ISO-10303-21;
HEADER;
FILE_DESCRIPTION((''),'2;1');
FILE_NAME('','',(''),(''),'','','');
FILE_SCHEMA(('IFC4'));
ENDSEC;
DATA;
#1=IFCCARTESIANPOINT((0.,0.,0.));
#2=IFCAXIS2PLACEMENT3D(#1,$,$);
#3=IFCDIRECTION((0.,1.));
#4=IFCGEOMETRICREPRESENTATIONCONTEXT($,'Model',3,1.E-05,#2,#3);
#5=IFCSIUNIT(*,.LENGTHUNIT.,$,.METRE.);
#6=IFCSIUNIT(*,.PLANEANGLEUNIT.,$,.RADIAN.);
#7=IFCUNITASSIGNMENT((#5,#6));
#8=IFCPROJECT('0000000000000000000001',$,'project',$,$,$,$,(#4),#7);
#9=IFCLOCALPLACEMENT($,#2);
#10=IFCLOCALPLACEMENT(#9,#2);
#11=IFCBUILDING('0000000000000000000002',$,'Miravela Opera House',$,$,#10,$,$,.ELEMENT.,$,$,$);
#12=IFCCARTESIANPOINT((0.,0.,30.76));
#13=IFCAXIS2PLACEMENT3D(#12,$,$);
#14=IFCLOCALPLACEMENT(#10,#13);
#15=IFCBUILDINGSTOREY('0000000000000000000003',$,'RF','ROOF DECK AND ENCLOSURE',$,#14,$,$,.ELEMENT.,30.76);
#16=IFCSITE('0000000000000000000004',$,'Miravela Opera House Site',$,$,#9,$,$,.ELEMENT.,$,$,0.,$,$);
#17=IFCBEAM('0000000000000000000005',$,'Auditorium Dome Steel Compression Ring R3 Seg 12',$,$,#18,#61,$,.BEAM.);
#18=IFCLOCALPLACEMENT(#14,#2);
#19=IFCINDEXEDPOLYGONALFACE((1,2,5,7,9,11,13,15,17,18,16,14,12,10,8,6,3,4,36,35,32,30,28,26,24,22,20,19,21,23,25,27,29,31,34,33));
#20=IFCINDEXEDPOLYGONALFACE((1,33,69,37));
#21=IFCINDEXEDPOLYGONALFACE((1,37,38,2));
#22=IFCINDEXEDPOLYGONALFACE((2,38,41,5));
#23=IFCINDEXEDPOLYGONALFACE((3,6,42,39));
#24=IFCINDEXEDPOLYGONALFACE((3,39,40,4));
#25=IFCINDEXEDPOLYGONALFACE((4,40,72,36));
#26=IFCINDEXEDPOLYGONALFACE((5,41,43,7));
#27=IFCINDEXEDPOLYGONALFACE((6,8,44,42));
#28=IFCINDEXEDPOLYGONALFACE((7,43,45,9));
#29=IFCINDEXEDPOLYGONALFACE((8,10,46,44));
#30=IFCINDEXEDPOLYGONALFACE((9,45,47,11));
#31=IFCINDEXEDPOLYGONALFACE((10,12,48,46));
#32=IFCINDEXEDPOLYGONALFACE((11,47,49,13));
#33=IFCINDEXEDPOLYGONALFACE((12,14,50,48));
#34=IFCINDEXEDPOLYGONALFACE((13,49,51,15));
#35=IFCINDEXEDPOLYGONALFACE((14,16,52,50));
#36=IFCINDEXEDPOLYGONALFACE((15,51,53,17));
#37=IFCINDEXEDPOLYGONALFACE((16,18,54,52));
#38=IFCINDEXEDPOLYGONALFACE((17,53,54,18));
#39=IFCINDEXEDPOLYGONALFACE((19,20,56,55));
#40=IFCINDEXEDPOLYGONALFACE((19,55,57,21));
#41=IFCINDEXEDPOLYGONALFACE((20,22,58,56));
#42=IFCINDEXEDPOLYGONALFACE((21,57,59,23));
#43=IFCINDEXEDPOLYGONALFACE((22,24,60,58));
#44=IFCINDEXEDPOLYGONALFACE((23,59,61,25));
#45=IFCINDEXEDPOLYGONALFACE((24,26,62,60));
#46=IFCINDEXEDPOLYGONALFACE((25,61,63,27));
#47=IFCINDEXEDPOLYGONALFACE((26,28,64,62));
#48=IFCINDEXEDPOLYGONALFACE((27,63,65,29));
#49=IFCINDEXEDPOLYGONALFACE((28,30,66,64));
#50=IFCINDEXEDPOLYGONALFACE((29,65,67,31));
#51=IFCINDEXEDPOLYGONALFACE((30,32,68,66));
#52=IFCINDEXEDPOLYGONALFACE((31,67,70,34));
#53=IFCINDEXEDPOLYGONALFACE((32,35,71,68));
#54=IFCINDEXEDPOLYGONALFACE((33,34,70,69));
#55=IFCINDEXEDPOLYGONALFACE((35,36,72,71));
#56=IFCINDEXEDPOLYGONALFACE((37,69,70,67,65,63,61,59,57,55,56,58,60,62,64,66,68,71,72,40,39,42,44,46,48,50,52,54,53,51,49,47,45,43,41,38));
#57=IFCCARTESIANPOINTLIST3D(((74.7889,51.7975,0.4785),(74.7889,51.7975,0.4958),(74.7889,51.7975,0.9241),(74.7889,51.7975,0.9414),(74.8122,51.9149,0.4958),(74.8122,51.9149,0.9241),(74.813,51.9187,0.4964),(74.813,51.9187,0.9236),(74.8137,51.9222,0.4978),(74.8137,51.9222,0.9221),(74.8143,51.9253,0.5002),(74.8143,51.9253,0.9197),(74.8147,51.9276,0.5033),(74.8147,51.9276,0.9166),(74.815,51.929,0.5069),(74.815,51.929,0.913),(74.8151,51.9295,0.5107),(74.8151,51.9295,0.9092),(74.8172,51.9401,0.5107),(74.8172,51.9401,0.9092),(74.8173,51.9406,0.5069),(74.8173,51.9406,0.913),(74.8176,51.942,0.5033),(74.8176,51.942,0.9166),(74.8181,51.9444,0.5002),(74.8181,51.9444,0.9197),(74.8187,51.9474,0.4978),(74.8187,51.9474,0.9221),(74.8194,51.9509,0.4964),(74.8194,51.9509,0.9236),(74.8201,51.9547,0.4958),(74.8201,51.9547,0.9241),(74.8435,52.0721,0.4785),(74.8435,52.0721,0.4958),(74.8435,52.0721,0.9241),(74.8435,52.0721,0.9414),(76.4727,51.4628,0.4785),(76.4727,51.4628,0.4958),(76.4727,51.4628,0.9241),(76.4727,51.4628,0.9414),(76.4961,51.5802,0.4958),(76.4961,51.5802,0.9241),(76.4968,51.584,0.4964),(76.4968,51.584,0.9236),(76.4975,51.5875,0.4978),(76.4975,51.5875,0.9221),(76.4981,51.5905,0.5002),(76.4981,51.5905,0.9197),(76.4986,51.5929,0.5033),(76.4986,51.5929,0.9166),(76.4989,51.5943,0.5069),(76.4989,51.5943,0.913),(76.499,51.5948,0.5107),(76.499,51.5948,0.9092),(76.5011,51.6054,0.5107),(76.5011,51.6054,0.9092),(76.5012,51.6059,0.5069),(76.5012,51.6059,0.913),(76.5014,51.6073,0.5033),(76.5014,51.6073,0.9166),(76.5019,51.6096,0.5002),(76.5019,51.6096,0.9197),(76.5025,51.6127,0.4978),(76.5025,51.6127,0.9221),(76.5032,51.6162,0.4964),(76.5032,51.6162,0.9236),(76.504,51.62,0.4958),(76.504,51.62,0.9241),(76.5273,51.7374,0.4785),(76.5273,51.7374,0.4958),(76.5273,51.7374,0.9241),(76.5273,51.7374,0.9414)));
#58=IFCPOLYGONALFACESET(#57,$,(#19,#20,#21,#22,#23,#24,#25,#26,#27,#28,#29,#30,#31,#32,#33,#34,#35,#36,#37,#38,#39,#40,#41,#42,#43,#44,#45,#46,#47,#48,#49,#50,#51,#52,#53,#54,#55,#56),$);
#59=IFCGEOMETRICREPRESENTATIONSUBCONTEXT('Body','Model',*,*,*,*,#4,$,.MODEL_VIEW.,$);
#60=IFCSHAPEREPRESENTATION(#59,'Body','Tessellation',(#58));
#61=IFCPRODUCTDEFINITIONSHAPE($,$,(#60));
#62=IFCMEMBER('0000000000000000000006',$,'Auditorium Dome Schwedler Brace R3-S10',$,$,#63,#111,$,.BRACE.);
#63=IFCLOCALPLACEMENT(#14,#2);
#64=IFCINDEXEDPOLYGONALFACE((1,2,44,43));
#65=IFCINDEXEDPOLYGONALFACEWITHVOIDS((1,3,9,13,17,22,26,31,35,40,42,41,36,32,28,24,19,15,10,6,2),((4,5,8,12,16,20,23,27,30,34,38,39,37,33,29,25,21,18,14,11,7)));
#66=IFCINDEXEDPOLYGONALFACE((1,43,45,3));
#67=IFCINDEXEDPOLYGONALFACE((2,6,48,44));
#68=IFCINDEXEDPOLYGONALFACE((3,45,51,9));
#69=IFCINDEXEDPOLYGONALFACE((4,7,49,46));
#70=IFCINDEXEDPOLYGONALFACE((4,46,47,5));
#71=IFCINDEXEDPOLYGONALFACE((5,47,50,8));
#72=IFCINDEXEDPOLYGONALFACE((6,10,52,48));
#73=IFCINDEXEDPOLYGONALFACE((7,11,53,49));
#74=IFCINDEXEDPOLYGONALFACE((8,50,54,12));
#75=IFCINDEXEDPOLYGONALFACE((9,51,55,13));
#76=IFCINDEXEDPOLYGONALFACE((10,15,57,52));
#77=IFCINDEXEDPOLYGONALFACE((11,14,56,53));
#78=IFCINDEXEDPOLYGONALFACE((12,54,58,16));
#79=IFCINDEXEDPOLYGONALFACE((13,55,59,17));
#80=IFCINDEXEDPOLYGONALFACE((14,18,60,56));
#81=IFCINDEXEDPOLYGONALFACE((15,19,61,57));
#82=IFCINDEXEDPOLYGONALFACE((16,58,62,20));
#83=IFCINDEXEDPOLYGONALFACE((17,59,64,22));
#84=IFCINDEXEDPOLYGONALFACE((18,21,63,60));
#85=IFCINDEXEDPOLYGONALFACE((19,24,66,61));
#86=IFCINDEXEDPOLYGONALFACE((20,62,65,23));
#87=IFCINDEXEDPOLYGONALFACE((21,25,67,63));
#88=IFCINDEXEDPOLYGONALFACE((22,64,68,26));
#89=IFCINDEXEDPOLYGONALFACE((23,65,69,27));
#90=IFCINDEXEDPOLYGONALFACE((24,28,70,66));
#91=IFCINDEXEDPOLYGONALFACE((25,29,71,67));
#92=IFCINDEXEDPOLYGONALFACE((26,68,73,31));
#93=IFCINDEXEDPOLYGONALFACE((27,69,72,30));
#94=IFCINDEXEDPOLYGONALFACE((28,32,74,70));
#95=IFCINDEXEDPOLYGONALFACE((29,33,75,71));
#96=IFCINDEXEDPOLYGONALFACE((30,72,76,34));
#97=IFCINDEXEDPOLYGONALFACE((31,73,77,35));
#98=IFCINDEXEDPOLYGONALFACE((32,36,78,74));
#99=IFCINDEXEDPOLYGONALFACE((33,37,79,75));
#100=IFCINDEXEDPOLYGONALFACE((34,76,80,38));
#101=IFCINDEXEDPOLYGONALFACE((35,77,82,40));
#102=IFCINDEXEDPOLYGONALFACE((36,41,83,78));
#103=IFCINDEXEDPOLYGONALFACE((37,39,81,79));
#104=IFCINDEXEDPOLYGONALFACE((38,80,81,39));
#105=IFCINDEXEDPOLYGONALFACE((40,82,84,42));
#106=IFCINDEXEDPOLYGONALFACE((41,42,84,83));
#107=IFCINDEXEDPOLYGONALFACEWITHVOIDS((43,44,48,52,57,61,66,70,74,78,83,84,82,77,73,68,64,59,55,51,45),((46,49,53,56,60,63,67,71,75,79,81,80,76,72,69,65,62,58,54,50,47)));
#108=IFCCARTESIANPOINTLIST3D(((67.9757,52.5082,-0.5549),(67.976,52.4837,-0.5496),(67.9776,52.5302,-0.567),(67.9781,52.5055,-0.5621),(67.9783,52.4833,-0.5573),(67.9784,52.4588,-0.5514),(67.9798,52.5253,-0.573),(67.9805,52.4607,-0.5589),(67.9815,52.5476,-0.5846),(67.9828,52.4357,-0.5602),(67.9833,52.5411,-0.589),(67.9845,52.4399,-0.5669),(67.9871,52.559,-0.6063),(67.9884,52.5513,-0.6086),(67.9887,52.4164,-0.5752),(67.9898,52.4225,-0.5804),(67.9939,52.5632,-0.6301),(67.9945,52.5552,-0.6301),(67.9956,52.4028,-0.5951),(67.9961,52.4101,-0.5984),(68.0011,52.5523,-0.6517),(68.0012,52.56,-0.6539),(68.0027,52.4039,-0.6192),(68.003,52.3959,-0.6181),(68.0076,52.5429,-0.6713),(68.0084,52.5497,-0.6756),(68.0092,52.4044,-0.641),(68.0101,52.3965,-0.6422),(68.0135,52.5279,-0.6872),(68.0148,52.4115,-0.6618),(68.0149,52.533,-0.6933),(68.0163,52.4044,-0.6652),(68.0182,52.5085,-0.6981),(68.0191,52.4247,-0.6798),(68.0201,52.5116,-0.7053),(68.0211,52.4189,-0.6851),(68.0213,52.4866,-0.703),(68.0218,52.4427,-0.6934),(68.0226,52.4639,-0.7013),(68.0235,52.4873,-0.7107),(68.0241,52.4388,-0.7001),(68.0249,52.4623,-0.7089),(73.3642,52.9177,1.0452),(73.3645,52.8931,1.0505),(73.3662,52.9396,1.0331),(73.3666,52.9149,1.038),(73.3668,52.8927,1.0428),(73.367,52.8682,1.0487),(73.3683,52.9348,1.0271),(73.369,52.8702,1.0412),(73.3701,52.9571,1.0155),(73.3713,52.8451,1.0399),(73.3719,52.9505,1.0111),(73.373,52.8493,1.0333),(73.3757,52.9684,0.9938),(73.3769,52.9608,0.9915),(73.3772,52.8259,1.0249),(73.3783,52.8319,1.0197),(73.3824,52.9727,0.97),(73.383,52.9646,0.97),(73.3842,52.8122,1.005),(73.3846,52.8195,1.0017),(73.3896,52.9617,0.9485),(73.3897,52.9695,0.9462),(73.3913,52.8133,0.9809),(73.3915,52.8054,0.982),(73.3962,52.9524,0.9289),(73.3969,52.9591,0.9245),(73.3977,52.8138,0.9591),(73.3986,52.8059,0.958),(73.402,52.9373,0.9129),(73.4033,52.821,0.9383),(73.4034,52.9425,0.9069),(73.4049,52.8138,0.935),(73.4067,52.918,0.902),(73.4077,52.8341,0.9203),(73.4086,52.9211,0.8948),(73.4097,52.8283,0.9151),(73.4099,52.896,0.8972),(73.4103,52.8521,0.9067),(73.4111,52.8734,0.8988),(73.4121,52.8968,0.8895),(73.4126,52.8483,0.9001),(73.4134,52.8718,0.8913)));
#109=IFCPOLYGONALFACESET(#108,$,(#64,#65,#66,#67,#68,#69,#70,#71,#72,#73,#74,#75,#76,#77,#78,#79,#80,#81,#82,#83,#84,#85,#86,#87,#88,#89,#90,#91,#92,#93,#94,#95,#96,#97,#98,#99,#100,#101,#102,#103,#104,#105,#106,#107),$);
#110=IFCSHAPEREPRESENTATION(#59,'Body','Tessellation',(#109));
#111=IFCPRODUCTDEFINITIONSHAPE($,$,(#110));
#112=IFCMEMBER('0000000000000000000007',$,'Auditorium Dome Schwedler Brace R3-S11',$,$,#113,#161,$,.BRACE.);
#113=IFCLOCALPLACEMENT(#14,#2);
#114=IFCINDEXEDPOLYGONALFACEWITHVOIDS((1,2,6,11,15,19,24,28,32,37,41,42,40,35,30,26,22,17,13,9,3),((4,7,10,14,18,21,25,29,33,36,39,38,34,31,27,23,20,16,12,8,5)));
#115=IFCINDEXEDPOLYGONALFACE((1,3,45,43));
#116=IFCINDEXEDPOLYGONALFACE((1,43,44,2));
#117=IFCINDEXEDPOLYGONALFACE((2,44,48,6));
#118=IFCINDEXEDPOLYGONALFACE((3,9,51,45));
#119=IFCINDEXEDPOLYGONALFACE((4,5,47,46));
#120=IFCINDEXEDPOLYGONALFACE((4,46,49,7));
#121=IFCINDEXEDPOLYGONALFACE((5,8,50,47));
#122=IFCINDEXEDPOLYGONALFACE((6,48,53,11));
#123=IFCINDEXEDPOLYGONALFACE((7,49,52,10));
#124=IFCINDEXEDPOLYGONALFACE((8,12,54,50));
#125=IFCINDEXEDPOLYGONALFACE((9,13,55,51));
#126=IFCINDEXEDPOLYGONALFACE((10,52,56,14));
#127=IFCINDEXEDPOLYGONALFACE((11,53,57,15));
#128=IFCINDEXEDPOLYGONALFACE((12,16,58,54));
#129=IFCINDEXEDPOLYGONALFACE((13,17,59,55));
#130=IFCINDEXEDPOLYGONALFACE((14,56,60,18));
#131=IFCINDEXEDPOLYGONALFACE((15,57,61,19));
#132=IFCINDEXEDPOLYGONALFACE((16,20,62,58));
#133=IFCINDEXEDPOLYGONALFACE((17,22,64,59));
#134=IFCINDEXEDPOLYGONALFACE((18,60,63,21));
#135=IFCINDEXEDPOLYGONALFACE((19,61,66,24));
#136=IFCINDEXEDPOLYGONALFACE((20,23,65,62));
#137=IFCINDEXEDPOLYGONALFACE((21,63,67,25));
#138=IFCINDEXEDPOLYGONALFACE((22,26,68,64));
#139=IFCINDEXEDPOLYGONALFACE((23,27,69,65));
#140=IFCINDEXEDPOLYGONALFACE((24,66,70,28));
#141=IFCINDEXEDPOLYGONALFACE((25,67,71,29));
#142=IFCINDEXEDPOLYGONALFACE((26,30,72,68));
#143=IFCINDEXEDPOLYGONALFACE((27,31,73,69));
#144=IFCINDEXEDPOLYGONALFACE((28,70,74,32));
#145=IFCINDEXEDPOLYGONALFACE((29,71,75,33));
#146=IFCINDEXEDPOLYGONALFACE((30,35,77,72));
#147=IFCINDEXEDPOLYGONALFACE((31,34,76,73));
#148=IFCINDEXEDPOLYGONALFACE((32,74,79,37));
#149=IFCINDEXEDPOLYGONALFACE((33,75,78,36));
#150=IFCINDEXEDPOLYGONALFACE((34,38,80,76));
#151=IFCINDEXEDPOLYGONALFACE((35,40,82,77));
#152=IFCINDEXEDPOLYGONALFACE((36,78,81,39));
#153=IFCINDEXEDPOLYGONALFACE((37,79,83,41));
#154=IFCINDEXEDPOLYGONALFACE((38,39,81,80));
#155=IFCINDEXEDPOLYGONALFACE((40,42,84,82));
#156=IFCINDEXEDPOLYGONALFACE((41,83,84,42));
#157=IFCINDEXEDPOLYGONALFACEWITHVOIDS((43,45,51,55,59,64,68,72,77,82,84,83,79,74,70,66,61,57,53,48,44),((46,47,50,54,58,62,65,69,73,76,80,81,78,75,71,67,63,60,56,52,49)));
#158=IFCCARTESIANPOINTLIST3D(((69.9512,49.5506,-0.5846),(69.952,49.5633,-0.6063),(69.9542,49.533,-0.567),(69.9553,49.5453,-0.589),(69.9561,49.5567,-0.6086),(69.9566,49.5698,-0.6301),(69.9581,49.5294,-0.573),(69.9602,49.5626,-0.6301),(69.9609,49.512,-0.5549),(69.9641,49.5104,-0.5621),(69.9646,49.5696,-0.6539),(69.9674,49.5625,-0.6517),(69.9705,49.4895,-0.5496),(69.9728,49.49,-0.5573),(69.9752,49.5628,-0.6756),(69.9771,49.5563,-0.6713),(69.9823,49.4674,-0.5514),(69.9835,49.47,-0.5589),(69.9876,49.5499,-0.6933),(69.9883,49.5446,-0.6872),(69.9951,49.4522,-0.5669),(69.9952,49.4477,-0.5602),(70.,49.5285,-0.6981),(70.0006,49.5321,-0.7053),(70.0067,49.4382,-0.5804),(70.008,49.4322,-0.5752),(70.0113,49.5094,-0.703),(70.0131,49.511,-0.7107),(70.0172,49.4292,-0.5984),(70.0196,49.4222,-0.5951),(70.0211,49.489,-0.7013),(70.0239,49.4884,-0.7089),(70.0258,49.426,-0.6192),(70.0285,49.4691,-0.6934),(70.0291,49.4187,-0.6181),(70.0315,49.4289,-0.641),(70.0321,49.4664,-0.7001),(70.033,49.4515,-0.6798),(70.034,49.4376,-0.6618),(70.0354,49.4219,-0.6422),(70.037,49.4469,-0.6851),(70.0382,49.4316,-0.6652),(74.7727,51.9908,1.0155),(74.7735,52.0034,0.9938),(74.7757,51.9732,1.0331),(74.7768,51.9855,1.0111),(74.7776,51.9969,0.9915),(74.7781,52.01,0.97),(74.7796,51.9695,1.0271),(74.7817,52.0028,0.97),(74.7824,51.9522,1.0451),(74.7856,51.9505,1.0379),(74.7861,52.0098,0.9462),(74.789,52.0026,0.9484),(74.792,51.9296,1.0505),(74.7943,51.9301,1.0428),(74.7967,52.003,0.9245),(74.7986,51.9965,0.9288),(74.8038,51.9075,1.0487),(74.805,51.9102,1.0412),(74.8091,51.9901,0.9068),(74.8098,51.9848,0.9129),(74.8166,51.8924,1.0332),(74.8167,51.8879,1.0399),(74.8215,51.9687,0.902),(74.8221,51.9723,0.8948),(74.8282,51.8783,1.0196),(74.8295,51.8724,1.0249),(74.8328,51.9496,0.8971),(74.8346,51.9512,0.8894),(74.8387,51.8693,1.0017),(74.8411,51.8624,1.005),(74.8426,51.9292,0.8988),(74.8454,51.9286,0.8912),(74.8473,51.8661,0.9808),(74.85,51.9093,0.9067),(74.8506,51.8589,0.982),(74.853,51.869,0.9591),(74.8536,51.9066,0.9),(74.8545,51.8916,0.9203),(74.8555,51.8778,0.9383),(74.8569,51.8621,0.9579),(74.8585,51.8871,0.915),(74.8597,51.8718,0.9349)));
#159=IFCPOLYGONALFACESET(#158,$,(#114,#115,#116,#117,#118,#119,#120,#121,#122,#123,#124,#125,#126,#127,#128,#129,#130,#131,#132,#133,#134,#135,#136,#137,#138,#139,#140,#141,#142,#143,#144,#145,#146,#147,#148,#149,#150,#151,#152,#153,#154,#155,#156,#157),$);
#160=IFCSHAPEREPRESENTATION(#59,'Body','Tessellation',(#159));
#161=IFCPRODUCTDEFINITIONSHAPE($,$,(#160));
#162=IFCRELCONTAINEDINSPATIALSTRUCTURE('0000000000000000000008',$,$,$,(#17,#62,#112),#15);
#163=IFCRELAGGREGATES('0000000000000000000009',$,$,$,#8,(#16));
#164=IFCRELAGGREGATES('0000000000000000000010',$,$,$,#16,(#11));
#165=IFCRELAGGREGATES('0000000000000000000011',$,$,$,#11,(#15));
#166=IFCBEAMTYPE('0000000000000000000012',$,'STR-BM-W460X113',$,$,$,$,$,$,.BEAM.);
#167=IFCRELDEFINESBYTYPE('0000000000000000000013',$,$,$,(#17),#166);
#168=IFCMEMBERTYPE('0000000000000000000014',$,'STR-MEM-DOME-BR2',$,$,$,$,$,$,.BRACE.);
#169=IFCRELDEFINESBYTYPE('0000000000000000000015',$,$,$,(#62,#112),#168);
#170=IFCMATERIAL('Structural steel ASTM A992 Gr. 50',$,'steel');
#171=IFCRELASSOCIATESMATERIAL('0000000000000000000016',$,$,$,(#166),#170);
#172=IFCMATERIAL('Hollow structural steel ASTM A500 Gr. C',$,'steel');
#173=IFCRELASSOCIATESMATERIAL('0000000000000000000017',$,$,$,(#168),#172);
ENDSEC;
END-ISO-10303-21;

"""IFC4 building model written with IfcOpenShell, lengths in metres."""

from ifc_helpers import new_model, si_unit, direction, frame, origin, origin_2d, place, context, subcontext, project, spatial, hollow_circle, i_section, extrude, material, material_profile, profile_set, type_object, element, save


model = new_model("IFC4")

# Units and contexts
model_context = context("Model", 3, precision=1e-05, world=origin(), true_north=direction((0.0, 1.0)))
body_context = subcontext(model_context, "Body", "Model", "MODEL_VIEW")
ifc_project = project(units=[si_unit("LENGTHUNIT", "METRE"), si_unit("PLANEANGLEUNIT", "RADIAN")], contexts=[model_context])

# Site, building, storey
site_placement = place(None, origin())
site = spatial("IfcSite", under=ifc_project, at=site_placement, Name="Miravela Opera House Site", CompositionType="ELEMENT", RefElevation=0.0)
building_placement = place(site_placement, origin())
building = spatial("IfcBuilding", under=site, at=building_placement, Name="Miravela Opera House", CompositionType="ELEMENT")
storey_placement = place(building_placement, frame((0.0, 0.0, 30.76)))
storey = spatial("IfcBuildingStorey", under=building, at=storey_placement, Name="RF", Description="ROOF DECK AND ENCLOSURE", CompositionType="ELEMENT", Elevation=30.76)

# Beam
ifc_material_1 = material(Name="Structural steel ASTM A992 Gr. 50", Category="steel")
ifc_material_profile_1 = material_profile(ifc_material_1, i_section(OverallWidth=0.28, OverallDepth=0.4629, WebThickness=0.0107, FlangeThickness=0.0173, FilletRadius=0.0149, at=origin_2d()), Name="W460X113")
ifc_profile_set_1 = profile_set([ifc_material_profile_1])
beam_type = type_object("IfcBeamType", Name="STR-BM-W460X113", PredefinedType="BEAM", material=ifc_profile_set_1)
for number, where, z_axis, x_axis, name in (
    (1, (74.8162, 51.9348, 0.71), (0.98081, -0.194967, 0.0), (0.194967, 0.98081, 0.0), "Auditorium Dome Steel Compression Ring R3 Seg 12"),
):
    element("IfcBeam", number, at=place(storey_placement, frame(where, z_axis=z_axis, x_axis=x_axis)), inside=storey, type_object=beam_type, Name=name, PredefinedType="BEAM", context=body_context, shape_type="SweptSolid", body=[
        extrude(i_section(OverallWidth=0.28, OverallDepth=0.4629, WebThickness=0.0107, FlangeThickness=0.0173, FilletRadius=0.0149, at=origin_2d()), origin(), (0.0, 0.0, 1.0), 1.7168),
    ])

# Members
ifc_material_2 = material(Name="Hollow structural steel ASTM A500 Gr. C", Category="steel")
ifc_material_profile_2 = material_profile(ifc_material_2, hollow_circle(Radius=0.0842, WallThickness=0.0081, at=origin_2d()), Name="CHS168X8")
ifc_profile_set_2 = profile_set([ifc_material_profile_2])
member_type_1 = type_object("IfcMemberType", Name="STR-MEM-DOME-BR2", PredefinedType="BRACE", material=ifc_profile_set_2)
member_1_placement = place(storey_placement, frame((68.0002, 52.4792, -0.6301), z_axis=(0.956094, 0.072646, 0.283913), x_axis=(-0.075764, 0.997126, 0.0)))
element("IfcMember", 2, at=member_1_placement, inside=storey, type_object=member_type_1, Name="Auditorium Dome Schwedler Brace R3-S10", PredefinedType="BRACE", context=body_context, shape_type="SweptSolid", body=[
    extrude(hollow_circle(Radius=0.0842, WallThickness=0.0081, at=origin_2d()), origin(), (0.0, 0.0, 1.0), 5.636),
])
member_2_placement = place(storey_placement, frame((69.9946, 49.4946, -0.6301), z_axis=(0.855522, 0.432981, 0.283918), x_axis=(-0.451564, 0.892239, 0.0)))
element("IfcMember", 3, at=member_2_placement, inside=storey, type_object=member_type_1, Name="Auditorium Dome Schwedler Brace R3-S11", PredefinedType="BRACE", context=body_context, shape_type="SweptSolid", body=[
    extrude(hollow_circle(Radius=0.0842, WallThickness=0.0081, at=origin_2d()), origin(), (0.0, 0.0, 1.0), 5.6357),
])

save(model, "model.ifc")
